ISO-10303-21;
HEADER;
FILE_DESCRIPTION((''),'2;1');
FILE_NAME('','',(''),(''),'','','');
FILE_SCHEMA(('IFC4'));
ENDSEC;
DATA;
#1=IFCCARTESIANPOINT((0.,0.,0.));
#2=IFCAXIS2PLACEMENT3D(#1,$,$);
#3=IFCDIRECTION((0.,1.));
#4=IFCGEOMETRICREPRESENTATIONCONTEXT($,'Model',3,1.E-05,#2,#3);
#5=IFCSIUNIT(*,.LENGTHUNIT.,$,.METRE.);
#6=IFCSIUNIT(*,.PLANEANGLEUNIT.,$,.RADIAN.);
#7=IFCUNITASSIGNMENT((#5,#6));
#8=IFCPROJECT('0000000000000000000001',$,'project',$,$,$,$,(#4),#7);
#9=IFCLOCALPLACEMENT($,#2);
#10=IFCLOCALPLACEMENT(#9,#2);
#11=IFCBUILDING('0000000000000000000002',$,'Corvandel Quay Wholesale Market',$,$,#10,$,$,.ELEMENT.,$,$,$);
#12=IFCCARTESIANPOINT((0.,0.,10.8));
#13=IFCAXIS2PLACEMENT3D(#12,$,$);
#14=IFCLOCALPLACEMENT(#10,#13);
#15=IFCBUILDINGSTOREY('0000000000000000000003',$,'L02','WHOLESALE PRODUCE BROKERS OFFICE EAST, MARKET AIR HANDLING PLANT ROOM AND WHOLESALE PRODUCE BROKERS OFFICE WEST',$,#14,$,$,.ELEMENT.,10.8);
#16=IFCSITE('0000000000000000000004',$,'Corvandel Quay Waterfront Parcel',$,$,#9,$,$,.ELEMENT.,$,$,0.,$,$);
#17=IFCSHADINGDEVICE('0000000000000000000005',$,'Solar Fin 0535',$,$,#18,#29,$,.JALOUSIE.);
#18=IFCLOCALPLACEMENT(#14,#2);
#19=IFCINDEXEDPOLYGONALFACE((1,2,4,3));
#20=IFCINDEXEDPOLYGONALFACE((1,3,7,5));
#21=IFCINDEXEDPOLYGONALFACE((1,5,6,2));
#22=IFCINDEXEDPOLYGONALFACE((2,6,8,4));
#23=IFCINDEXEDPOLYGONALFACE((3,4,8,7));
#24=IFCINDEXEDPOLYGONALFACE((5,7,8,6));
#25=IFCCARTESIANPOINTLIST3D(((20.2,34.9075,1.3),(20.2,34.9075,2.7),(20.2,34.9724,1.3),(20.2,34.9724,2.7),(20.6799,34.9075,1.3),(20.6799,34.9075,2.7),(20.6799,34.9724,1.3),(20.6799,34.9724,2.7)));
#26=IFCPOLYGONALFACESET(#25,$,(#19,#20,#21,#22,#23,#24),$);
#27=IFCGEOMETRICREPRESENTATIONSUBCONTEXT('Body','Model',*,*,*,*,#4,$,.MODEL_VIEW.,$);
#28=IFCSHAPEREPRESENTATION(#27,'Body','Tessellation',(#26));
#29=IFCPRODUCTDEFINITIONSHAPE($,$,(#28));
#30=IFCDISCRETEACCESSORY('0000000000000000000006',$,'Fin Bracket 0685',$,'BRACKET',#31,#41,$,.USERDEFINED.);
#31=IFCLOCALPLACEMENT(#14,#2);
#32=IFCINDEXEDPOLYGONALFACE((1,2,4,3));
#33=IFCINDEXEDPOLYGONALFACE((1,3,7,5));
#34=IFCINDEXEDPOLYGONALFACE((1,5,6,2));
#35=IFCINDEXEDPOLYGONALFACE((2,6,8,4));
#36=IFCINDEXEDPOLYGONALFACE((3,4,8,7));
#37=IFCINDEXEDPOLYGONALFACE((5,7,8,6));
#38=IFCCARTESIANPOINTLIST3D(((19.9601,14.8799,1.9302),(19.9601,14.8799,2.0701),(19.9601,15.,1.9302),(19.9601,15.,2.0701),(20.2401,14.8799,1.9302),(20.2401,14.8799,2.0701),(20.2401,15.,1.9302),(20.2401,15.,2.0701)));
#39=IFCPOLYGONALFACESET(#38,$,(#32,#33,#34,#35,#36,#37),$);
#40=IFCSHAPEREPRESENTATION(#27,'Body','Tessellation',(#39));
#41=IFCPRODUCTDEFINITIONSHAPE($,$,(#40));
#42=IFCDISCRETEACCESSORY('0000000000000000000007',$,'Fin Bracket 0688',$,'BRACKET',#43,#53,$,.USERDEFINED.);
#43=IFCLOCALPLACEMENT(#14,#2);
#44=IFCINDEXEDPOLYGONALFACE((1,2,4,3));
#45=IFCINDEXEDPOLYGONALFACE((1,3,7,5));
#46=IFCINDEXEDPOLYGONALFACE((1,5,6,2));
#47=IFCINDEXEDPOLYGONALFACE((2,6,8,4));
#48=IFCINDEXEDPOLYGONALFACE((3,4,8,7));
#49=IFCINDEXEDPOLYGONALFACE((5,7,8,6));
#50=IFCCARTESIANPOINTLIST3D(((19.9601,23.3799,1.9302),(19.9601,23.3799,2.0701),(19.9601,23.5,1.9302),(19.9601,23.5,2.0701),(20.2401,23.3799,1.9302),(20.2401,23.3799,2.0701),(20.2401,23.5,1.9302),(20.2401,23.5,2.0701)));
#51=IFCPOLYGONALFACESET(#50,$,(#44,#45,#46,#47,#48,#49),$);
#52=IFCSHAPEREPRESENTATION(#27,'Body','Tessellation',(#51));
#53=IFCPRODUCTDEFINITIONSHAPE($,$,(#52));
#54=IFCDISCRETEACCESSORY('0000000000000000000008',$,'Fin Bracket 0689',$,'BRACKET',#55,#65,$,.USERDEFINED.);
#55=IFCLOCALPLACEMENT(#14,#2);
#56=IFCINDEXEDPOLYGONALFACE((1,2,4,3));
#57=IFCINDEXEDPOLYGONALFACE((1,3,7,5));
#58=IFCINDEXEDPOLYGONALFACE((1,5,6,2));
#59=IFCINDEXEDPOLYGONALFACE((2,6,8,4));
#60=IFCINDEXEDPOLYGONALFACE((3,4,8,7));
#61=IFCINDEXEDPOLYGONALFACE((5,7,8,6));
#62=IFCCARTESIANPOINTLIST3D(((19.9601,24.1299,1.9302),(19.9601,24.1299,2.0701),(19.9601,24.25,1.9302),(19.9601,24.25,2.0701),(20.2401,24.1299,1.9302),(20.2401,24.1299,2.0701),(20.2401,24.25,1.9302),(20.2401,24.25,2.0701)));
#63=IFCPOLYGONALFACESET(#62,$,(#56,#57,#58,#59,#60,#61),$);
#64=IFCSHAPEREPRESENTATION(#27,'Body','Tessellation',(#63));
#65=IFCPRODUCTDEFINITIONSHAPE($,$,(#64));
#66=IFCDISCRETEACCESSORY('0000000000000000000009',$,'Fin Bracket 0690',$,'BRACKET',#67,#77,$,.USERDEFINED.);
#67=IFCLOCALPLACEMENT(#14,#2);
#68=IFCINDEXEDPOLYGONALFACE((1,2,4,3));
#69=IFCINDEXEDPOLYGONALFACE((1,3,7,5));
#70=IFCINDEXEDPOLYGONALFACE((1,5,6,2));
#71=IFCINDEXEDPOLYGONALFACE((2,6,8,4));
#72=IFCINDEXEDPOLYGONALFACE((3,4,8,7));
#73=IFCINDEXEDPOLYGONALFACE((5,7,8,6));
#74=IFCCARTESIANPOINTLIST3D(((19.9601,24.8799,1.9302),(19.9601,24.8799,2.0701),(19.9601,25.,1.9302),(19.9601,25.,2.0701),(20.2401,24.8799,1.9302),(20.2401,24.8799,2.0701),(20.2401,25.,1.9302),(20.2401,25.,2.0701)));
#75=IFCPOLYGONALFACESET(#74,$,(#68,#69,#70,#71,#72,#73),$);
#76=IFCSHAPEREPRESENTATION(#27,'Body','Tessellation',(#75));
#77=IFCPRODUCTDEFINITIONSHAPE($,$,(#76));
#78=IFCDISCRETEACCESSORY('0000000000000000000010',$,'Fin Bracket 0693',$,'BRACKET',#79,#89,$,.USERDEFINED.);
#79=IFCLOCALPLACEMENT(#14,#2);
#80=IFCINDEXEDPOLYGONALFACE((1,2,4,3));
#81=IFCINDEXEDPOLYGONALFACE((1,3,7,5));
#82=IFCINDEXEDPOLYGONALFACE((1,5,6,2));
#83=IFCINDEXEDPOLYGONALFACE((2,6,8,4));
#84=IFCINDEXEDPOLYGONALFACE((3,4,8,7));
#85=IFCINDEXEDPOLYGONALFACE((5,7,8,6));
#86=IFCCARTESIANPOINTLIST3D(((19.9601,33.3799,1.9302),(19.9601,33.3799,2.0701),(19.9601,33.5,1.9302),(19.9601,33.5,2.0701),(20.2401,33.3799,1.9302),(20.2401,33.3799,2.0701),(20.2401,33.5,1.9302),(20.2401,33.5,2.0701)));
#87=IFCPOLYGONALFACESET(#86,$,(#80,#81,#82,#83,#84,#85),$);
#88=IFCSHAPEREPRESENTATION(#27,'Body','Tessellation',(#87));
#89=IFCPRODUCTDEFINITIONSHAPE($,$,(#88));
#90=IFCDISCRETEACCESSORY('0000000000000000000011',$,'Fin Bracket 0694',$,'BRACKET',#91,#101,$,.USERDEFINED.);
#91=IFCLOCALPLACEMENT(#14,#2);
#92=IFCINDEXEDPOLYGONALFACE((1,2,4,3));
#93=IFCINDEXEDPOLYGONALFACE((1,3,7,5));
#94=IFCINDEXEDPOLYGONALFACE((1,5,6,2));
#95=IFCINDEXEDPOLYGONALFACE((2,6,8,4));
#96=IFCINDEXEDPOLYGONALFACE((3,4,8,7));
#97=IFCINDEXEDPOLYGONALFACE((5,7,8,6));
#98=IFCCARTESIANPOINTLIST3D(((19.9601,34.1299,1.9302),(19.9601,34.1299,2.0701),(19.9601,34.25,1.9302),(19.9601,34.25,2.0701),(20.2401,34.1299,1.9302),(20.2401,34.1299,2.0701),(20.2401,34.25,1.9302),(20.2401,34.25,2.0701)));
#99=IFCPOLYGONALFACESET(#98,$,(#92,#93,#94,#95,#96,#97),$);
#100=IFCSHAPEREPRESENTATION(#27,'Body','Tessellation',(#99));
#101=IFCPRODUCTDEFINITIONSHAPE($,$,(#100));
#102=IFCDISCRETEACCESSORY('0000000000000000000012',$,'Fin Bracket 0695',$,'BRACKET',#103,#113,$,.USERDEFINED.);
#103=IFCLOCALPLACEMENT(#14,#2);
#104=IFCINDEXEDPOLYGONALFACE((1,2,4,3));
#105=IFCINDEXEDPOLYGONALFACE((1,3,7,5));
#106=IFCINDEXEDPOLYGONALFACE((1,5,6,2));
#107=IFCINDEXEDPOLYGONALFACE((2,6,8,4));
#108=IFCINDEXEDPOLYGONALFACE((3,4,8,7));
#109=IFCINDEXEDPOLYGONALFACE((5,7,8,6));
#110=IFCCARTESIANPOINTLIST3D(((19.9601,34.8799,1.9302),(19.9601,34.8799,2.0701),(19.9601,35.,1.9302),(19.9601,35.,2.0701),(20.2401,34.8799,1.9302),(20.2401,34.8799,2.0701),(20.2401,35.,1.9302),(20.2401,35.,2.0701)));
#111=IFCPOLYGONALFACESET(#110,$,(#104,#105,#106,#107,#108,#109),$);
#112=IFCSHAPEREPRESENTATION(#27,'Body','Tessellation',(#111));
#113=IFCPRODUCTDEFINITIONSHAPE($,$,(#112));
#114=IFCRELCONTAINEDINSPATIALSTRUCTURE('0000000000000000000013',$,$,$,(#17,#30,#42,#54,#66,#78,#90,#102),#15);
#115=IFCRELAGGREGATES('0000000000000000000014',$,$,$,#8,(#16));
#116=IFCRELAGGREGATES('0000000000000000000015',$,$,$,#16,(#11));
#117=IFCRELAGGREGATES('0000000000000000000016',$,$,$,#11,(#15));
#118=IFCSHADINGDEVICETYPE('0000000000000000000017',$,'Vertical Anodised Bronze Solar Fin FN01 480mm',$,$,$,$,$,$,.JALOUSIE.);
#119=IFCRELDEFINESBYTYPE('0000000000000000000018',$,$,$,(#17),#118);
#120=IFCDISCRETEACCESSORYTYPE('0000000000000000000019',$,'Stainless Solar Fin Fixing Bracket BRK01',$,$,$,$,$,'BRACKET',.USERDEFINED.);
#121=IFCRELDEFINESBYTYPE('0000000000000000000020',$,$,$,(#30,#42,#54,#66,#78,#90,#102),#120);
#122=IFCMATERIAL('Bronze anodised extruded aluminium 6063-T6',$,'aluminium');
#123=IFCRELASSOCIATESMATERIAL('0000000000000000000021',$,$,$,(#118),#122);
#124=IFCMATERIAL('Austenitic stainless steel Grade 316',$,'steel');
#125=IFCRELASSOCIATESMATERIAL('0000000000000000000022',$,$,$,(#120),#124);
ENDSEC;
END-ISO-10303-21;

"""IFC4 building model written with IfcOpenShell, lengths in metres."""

from ifc_helpers import new_model, si_unit, direction, frame, origin, origin_2d, place, context, subcontext, project, spatial, rectangle, extrude, material, type_object, element, save


model = new_model("IFC4")

# Units and contexts
model_context = context("Model", 3, precision=1e-05, world=origin(), true_north=direction((0.0, 1.0)))
body_context = subcontext(model_context, "Body", "Model", "MODEL_VIEW")
ifc_project = project(units=[si_unit("LENGTHUNIT", "METRE"), si_unit("PLANEANGLEUNIT", "RADIAN")], contexts=[model_context])

# Site, building, storey
site_placement = place(None, origin())
site = spatial("IfcSite", under=ifc_project, at=site_placement, Name="Corvandel Quay Waterfront Parcel", CompositionType="ELEMENT", RefElevation=0.0)
building_placement = place(site_placement, origin())
building = spatial("IfcBuilding", under=site, at=building_placement, Name="Corvandel Quay Wholesale Market", CompositionType="ELEMENT")
storey_placement = place(building_placement, frame((0.0, 0.0, 10.8)))
storey = spatial("IfcBuildingStorey", under=building, at=storey_placement, Name="L02", Description="WHOLESALE PRODUCE BROKERS OFFICE EAST, MARKET AIR HANDLING PLANT ROOM AND WHOLESALE PRODUCE BROKERS OFFICE WEST", CompositionType="ELEMENT", Elevation=10.8)

# Shading device
ifc_material_1 = material(Name="Bronze anodised extruded aluminium 6063-T6", Category="aluminium")
shading_device_type = type_object("IfcShadingDeviceType", Name="Vertical Anodised Bronze Solar Fin FN01 480mm", PredefinedType="JALOUSIE", material=ifc_material_1)
for number, where, z_axis, x_axis, name in (
    (1, (20.4399, 34.9399, 1.3), (0.0, 0.0, 1.0), (1.0, 0.0, 0.0), "Solar Fin 0535"),
):
    element("IfcShadingDevice", number, at=place(storey_placement, frame(where, z_axis=z_axis, x_axis=x_axis)), inside=storey, type_object=shading_device_type, Name=name, PredefinedType="JALOUSIE", context=body_context, shape_type="SweptSolid", body=[
        extrude(rectangle(XDim=0.48, YDim=0.0649, at=origin_2d()), origin(), (0.0, 0.0, 1.0), 1.3999),
    ])

# Discrete accessories
ifc_material_2 = material(Name="Austenitic stainless steel Grade 316", Category="steel")
discrete_accessory_type = type_object("IfcDiscreteAccessoryType", Name="Stainless Solar Fin Fixing Bracket BRK01", ElementType="BRACKET", PredefinedType="USERDEFINED", material=ifc_material_2)
for number, where, z_axis, x_axis, name in (
    (2, (20.1001, 14.9399, 1.9302), (0.0, 0.0, 1.0), (1.0, 0.0, 0.0), "Fin Bracket 0685"),
    (3, (20.1001, 23.4399, 1.9302), (0.0, 0.0, 1.0), (1.0, 0.0, 0.0), "Fin Bracket 0688"),
    (4, (20.1001, 24.1899, 1.9302), (0.0, 0.0, 1.0), (1.0, 0.0, 0.0), "Fin Bracket 0689"),
    (5, (20.1001, 24.9399, 1.9302), (0.0, 0.0, 1.0), (1.0, 0.0, 0.0), "Fin Bracket 0690"),
    (6, (20.1001, 33.4399, 1.9302), (0.0, 0.0, 1.0), (1.0, 0.0, 0.0), "Fin Bracket 0693"),
    (7, (20.1001, 34.1899, 1.9302), (0.0, 0.0, 1.0), (1.0, 0.0, 0.0), "Fin Bracket 0694"),
    (8, (20.1001, 34.9399, 1.9302), (0.0, 0.0, 1.0), (1.0, 0.0, 0.0), "Fin Bracket 0695"),
):
    element("IfcDiscreteAccessory", number, at=place(storey_placement, frame(where, z_axis=z_axis, x_axis=x_axis)), inside=storey, type_object=discrete_accessory_type, Name=name, ObjectType="BRACKET", PredefinedType="USERDEFINED", context=body_context, shape_type="SweptSolid", body=[
        extrude(rectangle(XDim=0.28, YDim=0.1201, at=origin_2d()), origin(), (0.0, 0.0, 1.0), 0.1399),
    ])

save(model, "model.ifc")
